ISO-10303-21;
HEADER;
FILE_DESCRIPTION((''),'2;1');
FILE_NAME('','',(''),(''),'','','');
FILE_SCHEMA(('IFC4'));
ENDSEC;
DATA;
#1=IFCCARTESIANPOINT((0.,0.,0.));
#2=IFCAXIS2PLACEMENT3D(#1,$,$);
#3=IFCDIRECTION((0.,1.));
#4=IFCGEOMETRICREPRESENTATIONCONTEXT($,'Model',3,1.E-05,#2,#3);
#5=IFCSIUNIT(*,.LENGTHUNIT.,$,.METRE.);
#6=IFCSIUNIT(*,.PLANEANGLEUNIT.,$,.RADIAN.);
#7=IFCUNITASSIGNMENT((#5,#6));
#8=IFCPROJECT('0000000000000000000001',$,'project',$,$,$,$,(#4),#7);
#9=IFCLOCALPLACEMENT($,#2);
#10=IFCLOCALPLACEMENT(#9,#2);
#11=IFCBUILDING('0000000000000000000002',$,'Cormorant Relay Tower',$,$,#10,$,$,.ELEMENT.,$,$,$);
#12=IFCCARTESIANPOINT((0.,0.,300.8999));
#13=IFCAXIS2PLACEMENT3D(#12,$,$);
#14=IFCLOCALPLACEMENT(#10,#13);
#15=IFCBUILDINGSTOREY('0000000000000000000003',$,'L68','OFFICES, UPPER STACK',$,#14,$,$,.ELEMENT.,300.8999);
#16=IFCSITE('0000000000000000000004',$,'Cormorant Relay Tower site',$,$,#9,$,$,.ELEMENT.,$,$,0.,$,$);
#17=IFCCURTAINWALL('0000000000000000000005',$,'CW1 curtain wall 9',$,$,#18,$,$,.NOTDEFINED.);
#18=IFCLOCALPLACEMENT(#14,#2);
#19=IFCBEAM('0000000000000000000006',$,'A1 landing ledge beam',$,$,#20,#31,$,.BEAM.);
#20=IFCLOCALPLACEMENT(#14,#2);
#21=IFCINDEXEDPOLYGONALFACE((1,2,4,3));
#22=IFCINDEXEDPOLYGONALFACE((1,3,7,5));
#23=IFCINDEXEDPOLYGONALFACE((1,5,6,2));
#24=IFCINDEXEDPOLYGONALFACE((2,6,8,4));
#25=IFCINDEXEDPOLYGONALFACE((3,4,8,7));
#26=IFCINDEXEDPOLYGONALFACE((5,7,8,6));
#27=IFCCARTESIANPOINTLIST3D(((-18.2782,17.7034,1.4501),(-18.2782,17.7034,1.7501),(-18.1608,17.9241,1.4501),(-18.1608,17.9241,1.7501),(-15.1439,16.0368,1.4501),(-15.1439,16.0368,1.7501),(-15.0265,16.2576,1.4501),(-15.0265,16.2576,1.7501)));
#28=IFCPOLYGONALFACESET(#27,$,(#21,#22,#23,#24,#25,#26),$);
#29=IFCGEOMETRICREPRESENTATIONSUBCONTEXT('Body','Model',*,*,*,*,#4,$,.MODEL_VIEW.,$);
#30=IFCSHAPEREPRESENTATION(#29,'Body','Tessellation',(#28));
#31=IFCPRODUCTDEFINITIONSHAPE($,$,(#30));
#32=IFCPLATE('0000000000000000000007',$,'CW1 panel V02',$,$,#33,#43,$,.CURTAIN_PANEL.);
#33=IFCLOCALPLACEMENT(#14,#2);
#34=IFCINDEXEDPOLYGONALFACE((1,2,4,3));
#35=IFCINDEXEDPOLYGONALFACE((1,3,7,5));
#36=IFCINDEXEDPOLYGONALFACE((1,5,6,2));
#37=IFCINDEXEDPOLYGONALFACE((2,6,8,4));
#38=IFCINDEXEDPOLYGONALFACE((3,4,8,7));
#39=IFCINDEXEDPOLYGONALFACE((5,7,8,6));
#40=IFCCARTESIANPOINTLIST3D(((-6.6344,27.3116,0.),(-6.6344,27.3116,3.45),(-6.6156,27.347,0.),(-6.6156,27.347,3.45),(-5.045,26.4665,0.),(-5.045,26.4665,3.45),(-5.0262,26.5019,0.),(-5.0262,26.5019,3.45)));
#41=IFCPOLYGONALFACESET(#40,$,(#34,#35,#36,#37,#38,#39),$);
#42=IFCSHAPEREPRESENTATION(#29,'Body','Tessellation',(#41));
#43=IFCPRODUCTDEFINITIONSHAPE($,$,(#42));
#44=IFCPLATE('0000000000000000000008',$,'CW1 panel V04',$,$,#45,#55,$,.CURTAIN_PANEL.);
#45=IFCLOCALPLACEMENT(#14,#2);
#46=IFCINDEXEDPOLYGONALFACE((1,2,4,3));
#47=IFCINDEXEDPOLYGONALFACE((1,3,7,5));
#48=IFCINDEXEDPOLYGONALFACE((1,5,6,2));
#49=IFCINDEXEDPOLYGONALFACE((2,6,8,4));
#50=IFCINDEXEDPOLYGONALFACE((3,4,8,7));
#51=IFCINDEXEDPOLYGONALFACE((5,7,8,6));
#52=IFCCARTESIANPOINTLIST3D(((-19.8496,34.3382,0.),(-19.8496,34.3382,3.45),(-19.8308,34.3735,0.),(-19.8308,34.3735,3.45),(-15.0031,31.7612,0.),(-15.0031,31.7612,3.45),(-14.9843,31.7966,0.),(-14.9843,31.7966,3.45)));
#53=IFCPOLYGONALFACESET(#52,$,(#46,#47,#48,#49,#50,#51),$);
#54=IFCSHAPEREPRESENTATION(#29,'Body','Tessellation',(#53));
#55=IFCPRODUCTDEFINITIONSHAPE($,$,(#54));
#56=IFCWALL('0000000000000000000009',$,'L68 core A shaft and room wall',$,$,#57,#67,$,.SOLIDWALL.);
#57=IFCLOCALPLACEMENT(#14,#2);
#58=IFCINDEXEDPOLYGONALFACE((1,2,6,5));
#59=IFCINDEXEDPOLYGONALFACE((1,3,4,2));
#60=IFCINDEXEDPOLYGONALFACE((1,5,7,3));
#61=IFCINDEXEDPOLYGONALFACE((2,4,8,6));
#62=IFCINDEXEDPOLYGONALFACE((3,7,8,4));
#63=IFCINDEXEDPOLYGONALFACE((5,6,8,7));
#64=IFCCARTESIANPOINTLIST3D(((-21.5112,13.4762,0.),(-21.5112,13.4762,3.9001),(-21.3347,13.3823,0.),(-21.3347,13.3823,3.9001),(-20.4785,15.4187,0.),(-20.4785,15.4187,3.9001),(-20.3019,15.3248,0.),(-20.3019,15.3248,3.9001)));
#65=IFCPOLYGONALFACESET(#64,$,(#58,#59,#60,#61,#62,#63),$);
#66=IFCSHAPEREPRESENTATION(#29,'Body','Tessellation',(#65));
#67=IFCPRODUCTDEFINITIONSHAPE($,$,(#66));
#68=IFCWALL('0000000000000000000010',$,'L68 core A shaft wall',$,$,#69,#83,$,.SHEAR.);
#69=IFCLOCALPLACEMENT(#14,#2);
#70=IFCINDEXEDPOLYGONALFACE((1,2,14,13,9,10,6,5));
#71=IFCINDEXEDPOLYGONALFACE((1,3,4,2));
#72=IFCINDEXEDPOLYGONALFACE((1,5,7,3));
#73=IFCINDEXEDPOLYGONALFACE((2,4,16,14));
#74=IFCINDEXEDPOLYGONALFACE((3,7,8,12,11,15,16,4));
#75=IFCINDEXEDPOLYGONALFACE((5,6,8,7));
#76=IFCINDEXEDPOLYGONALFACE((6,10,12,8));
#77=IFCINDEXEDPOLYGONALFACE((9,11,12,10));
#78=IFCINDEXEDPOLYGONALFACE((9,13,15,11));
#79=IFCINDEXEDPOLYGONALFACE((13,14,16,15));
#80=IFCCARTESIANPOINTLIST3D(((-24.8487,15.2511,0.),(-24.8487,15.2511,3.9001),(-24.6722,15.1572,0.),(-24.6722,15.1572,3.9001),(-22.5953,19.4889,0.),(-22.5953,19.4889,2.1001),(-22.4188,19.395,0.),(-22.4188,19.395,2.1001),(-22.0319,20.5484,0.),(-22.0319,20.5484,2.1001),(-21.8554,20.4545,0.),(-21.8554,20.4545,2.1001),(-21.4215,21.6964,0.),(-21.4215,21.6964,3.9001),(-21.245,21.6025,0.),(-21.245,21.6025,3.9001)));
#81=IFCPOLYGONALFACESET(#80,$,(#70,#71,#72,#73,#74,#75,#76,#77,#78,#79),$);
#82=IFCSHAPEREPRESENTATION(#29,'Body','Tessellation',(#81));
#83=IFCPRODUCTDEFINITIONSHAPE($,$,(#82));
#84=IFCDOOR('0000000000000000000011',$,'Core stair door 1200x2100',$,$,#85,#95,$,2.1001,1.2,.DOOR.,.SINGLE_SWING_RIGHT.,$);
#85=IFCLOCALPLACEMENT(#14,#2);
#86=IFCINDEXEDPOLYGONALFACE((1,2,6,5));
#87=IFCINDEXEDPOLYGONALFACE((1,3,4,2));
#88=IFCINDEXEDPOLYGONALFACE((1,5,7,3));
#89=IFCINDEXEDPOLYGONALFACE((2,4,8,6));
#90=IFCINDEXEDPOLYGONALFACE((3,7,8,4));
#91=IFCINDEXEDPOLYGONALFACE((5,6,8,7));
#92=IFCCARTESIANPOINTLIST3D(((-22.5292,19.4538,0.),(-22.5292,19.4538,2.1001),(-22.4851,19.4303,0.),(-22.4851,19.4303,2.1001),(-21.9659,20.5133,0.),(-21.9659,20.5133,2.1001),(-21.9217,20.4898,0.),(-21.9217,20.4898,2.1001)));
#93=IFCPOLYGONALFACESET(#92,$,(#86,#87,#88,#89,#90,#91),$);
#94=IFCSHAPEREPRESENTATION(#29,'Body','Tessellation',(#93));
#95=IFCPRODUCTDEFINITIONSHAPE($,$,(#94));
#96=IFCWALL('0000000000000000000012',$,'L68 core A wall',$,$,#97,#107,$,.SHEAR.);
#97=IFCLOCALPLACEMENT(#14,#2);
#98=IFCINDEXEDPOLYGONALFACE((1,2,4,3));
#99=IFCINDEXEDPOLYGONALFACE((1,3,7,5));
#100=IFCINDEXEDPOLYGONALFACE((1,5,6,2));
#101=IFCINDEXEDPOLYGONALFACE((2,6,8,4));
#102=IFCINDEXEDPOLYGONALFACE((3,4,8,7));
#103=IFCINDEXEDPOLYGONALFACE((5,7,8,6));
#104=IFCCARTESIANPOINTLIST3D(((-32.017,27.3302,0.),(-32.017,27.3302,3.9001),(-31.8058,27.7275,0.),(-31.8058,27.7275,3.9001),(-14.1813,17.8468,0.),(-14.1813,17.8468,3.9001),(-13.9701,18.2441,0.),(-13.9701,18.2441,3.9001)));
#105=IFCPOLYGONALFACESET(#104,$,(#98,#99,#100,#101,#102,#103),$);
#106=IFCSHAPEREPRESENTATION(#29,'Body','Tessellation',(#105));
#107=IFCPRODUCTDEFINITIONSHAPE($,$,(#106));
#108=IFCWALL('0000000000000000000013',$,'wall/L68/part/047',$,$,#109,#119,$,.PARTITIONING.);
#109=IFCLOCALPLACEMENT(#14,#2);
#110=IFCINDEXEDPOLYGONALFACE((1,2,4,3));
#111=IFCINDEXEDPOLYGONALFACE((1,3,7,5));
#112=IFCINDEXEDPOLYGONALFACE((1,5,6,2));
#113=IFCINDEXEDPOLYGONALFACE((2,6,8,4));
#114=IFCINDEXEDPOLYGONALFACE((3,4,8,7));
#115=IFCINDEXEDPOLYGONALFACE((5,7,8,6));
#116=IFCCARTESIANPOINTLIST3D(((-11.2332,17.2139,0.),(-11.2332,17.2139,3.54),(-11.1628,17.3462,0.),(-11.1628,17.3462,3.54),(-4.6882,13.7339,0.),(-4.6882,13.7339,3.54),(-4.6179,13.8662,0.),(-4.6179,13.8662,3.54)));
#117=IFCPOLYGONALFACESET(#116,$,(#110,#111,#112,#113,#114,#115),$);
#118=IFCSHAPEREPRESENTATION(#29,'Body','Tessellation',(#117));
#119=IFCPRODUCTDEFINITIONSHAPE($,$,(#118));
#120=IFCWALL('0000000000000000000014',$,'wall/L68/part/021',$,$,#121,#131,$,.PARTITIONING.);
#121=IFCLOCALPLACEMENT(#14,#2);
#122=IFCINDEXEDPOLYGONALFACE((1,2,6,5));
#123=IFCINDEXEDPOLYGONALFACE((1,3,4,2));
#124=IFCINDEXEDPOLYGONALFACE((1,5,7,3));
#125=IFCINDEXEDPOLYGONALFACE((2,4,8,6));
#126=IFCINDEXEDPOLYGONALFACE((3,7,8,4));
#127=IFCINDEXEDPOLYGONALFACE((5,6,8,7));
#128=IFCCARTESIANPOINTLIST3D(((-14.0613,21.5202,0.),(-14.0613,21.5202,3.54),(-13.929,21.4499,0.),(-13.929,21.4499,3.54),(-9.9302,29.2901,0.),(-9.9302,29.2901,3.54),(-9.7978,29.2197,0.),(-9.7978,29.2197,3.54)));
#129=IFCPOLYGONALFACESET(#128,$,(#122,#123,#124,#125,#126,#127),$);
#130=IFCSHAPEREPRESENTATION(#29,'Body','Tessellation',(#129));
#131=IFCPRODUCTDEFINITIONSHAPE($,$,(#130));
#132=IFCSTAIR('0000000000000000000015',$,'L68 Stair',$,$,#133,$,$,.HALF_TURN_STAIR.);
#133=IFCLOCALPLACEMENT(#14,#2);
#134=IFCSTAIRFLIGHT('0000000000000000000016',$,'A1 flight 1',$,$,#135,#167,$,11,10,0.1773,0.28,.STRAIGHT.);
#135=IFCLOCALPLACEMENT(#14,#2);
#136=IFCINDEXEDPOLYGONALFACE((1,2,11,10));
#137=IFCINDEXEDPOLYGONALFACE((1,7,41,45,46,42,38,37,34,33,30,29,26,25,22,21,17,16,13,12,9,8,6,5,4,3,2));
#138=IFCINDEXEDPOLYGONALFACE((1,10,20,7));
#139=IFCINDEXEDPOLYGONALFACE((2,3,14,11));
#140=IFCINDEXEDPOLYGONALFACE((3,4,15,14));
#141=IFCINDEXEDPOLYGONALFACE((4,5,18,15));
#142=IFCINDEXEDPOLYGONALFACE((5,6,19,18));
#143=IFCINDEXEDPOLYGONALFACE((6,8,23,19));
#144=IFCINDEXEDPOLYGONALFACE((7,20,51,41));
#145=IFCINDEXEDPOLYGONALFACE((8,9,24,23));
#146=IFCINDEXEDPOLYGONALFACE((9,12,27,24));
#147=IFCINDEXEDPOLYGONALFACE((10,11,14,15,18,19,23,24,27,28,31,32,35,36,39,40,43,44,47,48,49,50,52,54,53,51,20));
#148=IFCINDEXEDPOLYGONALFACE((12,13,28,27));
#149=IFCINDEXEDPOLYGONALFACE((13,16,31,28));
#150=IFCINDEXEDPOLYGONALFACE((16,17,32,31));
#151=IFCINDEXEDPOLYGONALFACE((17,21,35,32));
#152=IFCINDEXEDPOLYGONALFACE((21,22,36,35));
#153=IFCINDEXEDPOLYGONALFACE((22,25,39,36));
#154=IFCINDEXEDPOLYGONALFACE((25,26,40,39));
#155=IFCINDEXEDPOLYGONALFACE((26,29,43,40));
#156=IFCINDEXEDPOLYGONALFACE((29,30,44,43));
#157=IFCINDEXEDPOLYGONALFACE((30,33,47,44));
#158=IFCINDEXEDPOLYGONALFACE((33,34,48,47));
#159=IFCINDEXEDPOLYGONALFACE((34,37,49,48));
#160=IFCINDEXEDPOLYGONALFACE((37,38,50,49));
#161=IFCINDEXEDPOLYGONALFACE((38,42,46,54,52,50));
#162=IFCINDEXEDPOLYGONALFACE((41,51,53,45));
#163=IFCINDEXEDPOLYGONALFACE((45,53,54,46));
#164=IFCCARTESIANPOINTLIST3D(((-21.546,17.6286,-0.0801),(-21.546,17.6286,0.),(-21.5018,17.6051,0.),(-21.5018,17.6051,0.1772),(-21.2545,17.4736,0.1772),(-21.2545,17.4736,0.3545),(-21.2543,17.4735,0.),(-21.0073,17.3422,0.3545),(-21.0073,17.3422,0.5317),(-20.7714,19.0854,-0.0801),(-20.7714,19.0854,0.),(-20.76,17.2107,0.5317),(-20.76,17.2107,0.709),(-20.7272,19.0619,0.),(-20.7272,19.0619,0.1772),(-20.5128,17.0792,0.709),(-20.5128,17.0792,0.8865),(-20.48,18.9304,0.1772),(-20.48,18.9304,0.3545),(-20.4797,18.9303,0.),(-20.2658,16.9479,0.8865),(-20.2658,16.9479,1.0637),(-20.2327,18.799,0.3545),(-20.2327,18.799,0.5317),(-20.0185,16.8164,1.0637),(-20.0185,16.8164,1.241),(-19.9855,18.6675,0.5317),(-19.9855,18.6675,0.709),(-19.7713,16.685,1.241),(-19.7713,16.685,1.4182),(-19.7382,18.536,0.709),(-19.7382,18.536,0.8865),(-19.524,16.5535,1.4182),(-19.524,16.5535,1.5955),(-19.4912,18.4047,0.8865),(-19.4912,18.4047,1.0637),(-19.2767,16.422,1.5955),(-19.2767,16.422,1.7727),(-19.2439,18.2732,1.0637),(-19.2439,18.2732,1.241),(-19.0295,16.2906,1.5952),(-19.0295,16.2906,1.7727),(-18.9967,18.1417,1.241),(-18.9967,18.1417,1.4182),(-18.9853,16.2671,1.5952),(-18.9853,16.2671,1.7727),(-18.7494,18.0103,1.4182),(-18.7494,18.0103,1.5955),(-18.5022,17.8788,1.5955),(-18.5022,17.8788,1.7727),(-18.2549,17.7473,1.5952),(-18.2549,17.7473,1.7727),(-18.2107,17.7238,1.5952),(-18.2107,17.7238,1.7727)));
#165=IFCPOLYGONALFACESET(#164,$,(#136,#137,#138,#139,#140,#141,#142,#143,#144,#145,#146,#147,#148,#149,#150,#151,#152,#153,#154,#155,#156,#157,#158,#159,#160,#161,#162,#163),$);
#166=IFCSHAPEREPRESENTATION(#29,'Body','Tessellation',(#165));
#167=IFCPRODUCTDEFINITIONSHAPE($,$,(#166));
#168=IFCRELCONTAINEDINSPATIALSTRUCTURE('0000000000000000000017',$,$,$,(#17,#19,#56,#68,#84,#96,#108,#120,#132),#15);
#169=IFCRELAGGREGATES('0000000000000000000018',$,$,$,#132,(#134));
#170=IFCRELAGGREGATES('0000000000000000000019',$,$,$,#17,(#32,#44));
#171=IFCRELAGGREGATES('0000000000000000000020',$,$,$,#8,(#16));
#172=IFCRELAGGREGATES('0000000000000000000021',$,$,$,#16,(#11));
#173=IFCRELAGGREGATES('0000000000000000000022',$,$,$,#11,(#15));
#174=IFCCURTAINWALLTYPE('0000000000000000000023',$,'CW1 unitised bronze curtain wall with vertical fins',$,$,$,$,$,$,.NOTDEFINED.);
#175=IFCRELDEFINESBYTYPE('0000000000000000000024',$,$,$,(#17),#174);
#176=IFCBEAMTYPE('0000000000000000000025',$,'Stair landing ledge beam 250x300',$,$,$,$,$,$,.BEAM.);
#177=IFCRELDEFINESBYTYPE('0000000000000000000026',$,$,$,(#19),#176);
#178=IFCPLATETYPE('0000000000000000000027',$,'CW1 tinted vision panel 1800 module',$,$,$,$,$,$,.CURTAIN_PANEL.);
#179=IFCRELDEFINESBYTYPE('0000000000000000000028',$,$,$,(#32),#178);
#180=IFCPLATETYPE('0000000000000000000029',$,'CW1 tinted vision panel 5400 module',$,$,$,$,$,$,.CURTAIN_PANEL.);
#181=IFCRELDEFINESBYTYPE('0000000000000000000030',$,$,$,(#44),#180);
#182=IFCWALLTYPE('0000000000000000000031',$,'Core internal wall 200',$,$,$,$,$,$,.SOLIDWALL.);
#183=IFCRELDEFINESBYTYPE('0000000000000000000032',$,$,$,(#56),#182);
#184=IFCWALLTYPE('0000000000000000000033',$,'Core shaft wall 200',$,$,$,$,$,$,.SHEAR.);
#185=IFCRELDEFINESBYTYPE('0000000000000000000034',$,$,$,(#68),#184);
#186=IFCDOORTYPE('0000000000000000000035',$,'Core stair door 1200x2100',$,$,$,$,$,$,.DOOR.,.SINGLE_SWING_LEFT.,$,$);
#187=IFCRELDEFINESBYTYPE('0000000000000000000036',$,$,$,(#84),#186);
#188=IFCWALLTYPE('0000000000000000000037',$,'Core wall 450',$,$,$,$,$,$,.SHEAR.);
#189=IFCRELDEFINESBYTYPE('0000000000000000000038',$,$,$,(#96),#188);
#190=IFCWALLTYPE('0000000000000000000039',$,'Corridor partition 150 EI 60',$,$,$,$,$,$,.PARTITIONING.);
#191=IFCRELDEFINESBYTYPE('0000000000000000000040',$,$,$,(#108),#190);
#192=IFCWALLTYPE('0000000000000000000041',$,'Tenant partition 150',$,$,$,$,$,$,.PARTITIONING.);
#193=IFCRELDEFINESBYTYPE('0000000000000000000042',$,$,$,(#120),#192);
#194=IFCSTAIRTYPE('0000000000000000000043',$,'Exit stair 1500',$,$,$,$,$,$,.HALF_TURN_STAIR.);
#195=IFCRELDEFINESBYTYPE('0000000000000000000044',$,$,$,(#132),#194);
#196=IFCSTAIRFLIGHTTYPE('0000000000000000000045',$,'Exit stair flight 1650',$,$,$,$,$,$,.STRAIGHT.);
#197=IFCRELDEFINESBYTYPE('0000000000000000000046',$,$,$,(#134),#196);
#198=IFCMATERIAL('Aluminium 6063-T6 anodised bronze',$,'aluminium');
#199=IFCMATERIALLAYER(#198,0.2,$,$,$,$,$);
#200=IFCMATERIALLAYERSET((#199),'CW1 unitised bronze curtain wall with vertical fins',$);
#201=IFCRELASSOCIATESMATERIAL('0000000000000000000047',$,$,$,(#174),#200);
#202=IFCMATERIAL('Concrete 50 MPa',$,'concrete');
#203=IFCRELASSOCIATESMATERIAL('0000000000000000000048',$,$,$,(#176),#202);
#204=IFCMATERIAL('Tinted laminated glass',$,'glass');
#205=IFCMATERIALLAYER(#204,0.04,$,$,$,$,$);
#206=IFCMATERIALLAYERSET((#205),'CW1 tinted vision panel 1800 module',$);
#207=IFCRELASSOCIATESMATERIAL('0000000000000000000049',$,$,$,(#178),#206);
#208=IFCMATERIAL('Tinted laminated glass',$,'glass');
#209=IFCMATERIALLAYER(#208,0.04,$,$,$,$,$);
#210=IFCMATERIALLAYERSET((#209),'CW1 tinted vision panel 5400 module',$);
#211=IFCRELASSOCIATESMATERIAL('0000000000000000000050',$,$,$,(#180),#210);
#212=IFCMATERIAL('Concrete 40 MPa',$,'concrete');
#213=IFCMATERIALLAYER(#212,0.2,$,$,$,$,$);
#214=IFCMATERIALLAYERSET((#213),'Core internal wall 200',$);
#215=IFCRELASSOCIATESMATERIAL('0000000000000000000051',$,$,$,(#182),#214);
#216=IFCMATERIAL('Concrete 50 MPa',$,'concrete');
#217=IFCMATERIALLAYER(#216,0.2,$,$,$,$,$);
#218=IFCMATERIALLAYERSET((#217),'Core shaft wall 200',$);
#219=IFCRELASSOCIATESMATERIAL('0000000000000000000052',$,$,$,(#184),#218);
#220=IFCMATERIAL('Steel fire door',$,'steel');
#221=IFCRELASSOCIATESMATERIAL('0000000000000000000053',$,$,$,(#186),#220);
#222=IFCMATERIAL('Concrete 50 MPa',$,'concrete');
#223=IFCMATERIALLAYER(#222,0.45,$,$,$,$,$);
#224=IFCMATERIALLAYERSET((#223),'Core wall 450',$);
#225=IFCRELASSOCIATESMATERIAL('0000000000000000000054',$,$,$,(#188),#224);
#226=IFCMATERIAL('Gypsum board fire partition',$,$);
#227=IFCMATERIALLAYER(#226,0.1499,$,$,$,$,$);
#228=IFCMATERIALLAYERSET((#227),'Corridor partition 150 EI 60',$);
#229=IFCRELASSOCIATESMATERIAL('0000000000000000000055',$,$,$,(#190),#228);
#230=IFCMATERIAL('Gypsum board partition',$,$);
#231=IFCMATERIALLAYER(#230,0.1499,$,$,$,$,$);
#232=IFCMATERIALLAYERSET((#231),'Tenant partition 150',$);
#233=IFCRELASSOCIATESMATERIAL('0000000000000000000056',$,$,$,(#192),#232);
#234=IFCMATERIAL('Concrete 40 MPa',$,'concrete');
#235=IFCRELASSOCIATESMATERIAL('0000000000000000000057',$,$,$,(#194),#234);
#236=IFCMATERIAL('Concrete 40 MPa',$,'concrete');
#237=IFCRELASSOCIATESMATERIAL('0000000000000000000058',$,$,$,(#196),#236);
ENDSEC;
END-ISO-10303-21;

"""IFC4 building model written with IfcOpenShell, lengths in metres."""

from ifc_helpers import new_model, si_unit, direction, frame, frame_2d, origin, origin_2d, place, context, subcontext, project, spatial, polyline, rectangle, outline, extrude, material, layer, layer_set, material_profile, profile_set, type_object, element, fill, aggregate, save


model = new_model("IFC4")

# Units and contexts
model_context = context("Model", 3, precision=1e-05, world=origin(), true_north=direction((0.0, 1.0)))
body_context = subcontext(model_context, "Body", "Model", "MODEL_VIEW")
ifc_project = project(units=[si_unit("LENGTHUNIT", "METRE"), si_unit("PLANEANGLEUNIT", "RADIAN")], contexts=[model_context])

# Site, building, storey
site_placement = place(None, origin())
site = spatial("IfcSite", under=ifc_project, at=site_placement, Name="Cormorant Relay Tower site", CompositionType="ELEMENT", RefElevation=0.0)
building_placement = place(site_placement, origin())
building = spatial("IfcBuilding", under=site, at=building_placement, Name="Cormorant Relay Tower", CompositionType="ELEMENT")
storey_placement = place(building_placement, frame((0.0, 0.0, 300.8999)))
storey = spatial("IfcBuildingStorey", under=building, at=storey_placement, Name="L68", Description="OFFICES, UPPER STACK", CompositionType="ELEMENT", Elevation=300.8999)

# Curtain wall
ifc_material_1 = material(Name="Aluminium 6063-T6 anodised bronze", Category="aluminium")
ifc_layer_1 = layer(ifc_material_1, 0.2)
ifc_layer_set_1 = layer_set([ifc_layer_1], Name="CW1 unitised bronze curtain wall with vertical fins")
curtain_wall_type = type_object("IfcCurtainWallType", Name="CW1 unitised bronze curtain wall with vertical fins", PredefinedType="NOTDEFINED", material=ifc_layer_set_1)
curtain_wall_placement = place(storey_placement, origin())
curtain_wall = element("IfcCurtainWall", 1, at=curtain_wall_placement, inside=storey, type_object=curtain_wall_type, Name="CW1 curtain wall 9", PredefinedType="NOTDEFINED")

# Beam
ifc_material_2 = material(Name="Concrete 50 MPa", Category="concrete")
ifc_material_profile_1 = material_profile(ifc_material_2, rectangle(XDim=0.25, YDim=0.3, at=origin_2d()), Name="RC 250x300")
ifc_profile_set_1 = profile_set([ifc_material_profile_1], Name="Concrete 50 MPa")
beam_type_1 = type_object("IfcBeamType", Name="Stair landing ledge beam 250x300", PredefinedType="BEAM", material=ifc_profile_set_1)
beam_1_placement = place(storey_placement, frame((-18.2195, 17.8137, 1.6001), z_axis=(0.88295, -0.469467, 0.0), x_axis=(0.469467, 0.88295, 0.0)))
element("IfcBeam", 2, at=beam_1_placement, inside=storey, type_object=beam_type_1, Name="A1 landing ledge beam", PredefinedType="BEAM", context=body_context, shape_type="SweptSolid", body=[
    extrude(rectangle(XDim=0.25, YDim=0.3, at=origin_2d()), origin(), (0.0, 0.0, 1.0), 3.5498),
])

# Plates
ifc_material_3 = material(Name="Tinted laminated glass", Category="glass")
ifc_layer_2 = layer(ifc_material_3, 0.04)
ifc_layer_set_2 = layer_set([ifc_layer_2], Name="CW1 tinted vision panel 1800 module")
plate_type_1 = type_object("IfcPlateType", Name="CW1 tinted vision panel 1800 module", PredefinedType="CURTAIN_PANEL", material=ifc_layer_set_2)
plate_1_placement = place(storey_placement, frame((-5.8303, 26.9067, 0.0), z_axis=(0.0, 0.0, 1.0), x_axis=(-0.882948, 0.469472, 0.0)))
plate_1 = element("IfcPlate", 3, at=plate_1_placement, type_object=plate_type_1, Name="CW1 panel V02", PredefinedType="CURTAIN_PANEL", context=body_context, shape_type="SweptSolid", body=[
    extrude(rectangle(XDim=1.8, YDim=0.04, at=origin_2d()), origin(), (0.0, 0.0, 1.0), 3.45),
])
ifc_material_4 = material(Name="Tinted laminated glass", Category="glass")
ifc_layer_3 = layer(ifc_material_4, 0.04)
ifc_layer_set_3 = layer_set([ifc_layer_3], Name="CW1 tinted vision panel 5400 module")
plate_type_2 = type_object("IfcPlateType", Name="CW1 tinted vision panel 5400 module", PredefinedType="CURTAIN_PANEL", material=ifc_layer_set_3)
plate_2_placement = place(storey_placement, frame((-17.417, 33.0674, 0.0), z_axis=(0.0, 0.0, 1.0), x_axis=(-0.882948, 0.469472, 0.0)))
plate_2 = element("IfcPlate", 4, at=plate_2_placement, type_object=plate_type_2, Name="CW1 panel V04", PredefinedType="CURTAIN_PANEL", context=body_context, shape_type="SweptSolid", body=[
    extrude(rectangle(XDim=5.489, YDim=0.04, at=origin_2d()), origin(), (0.0, 0.0, 1.0), 3.45),
])

# Wall
ifc_material_5 = material(Name="Concrete 40 MPa", Category="concrete")
ifc_layer_4 = layer(ifc_material_5, 0.2)
ifc_layer_set_4 = layer_set([ifc_layer_4], Name="Core internal wall 200")
wall_type_1 = type_object("IfcWallType", Name="Core internal wall 200", PredefinedType="SOLIDWALL", material=ifc_layer_set_4)
wall_1_placement = place(storey_placement, frame((-20.3901, 15.3718, 0.0), z_axis=(0.0, 0.0, 1.0), x_axis=(-0.469447, -0.88296, 0.0)))
element("IfcWall", 5, at=wall_1_placement, inside=storey, type_object=wall_type_1, Name="L68 core A shaft and room wall", PredefinedType="SOLIDWALL", context=body_context, shape_type="SweptSolid", body=[
    extrude(rectangle(XDim=2.2, YDim=0.2, at=frame_2d((1.1001, 0.0))), origin(), (0.0, 0.0, 1.0), 3.9001),
])

# Wall, opening, door
ifc_material_6 = material(Name="Concrete 50 MPa", Category="concrete")
ifc_layer_5 = layer(ifc_material_6, 0.2)
ifc_layer_set_5 = layer_set([ifc_layer_5], Name="Core shaft wall 200")
wall_type_2 = type_object("IfcWallType", Name="Core shaft wall 200", PredefinedType="SHEAR", material=ifc_layer_set_5)
wall_2_placement = place(storey_placement, frame((-21.3333, 21.6494, 0.0), z_axis=(0.0, 0.0, 1.0), x_axis=(-0.469494, -0.882936, 0.0)))
wall_2 = element("IfcWall", 6, at=wall_2_placement, inside=storey, type_object=wall_type_2, Name="L68 core A shaft wall", PredefinedType="SHEAR", context=body_context, shape_type="SweptSolid", body=[
    extrude(rectangle(XDim=7.2998, YDim=0.2, at=frame_2d((3.6499, 0.0))), origin(), (0.0, 0.0, 1.0), 3.9001),
])
opening_1_placement = place(wall_2_placement, frame((1.3, 0.0, 0.0)))
opening_1 = element("IfcOpeningElement", 7, at=opening_1_placement, cuts=wall_2, PredefinedType="OPENING", context=body_context, shape_type="SweptSolid", body=[
    extrude(rectangle(XDim=1.2, YDim=2.1001, at=frame_2d((0.6001, 1.05))), frame((0.0, 0.1099, 0.0), z_axis=(0.0, -1.0, 0.0), x_axis=(1.0, 0.0, 0.0)), (0.0, 0.0, 1.0), 0.22),
])
ifc_material_7 = material(Name="Steel fire door", Category="steel")
door_type_1 = type_object("IfcDoorType", Name="Core stair door 1200x2100", OperationType="SINGLE_SWING_LEFT", PredefinedType="DOOR", material=ifc_material_7)
door_1_placement = place(opening_1_placement, origin())
door_1 = element("IfcDoor", 8, at=door_1_placement, inside=storey, type_object=door_type_1, Name="Core stair door 1200x2100", OperationType="SINGLE_SWING_RIGHT", OverallHeight=2.1001, OverallWidth=1.2, PredefinedType="DOOR", context=body_context, shape_type="SweptSolid", body=[
    extrude(rectangle(XDim=1.2, YDim=2.1001, at=frame_2d((0.6001, 1.05))), frame((0.0, 0.0249, 0.0), z_axis=(0.0, -1.0, 0.0), x_axis=(1.0, 0.0, 0.0)), (0.0, 0.0, 1.0), 0.05),
])
fill(opening_1, door_1)
ifc_material_8 = material(Name="Concrete 50 MPa", Category="concrete")
ifc_layer_6 = layer(ifc_material_8, 0.45)
ifc_layer_set_6 = layer_set([ifc_layer_6], Name="Core wall 450")
wall_type_3 = type_object("IfcWallType", Name="Core wall 450", PredefinedType="SHEAR", material=ifc_layer_set_6)

# Walls
wall_3_placement = place(storey_placement, frame((-14.0757, 18.0454, 0.0), z_axis=(0.0, 0.0, 1.0), x_axis=(-0.882948, 0.469471, 0.0)))
element("IfcWall", 9, at=wall_3_placement, inside=storey, type_object=wall_type_3, Name="L68 core A wall", PredefinedType="SHEAR", context=body_context, shape_type="SweptSolid", body=[
    extrude(rectangle(XDim=20.2002, YDim=0.45, at=frame_2d((10.1001, 0.0))), origin(), (0.0, 0.0, 1.0), 3.9001),
])
ifc_material_9 = material(Name="Gypsum board fire partition")
ifc_layer_7 = layer(ifc_material_9, 0.1499)
ifc_layer_set_7 = layer_set([ifc_layer_7], Name="Corridor partition 150 EI 60")
wall_type_4 = type_object("IfcWallType", Name="Corridor partition 150 EI 60", PredefinedType="PARTITIONING", material=ifc_layer_set_7)
wall_4_placement = place(storey_placement, frame((-11.198, 17.28, 0.0), z_axis=(0.0, 0.0, 1.0), x_axis=(0.882948, -0.46947, 0.0)))
element("IfcWall", 10, at=wall_4_placement, inside=storey, type_object=wall_type_4, Name="wall/L68/part/047", PredefinedType="PARTITIONING", context=body_context, shape_type="SweptSolid", body=[
    extrude(rectangle(XDim=7.4126, YDim=0.1499, at=frame_2d((3.7063, 0.0))), origin(), (0.0, 0.0, 1.0), 3.54),
])
ifc_material_10 = material(Name="Gypsum board partition")
ifc_layer_8 = layer(ifc_material_10, 0.1499)
ifc_layer_set_8 = layer_set([ifc_layer_8], Name="Tenant partition 150")
wall_type_5 = type_object("IfcWallType", Name="Tenant partition 150", PredefinedType="PARTITIONING", material=ifc_layer_set_8)
wall_5_placement = place(storey_placement, frame((-9.864, 29.2549, 0.0), z_axis=(0.0, 0.0, 1.0), x_axis=(-0.469457, -0.882955, 0.0)))
element("IfcWall", 11, at=wall_5_placement, inside=storey, type_object=wall_type_5, Name="wall/L68/part/021", PredefinedType="PARTITIONING", context=body_context, shape_type="SweptSolid", body=[
    extrude(rectangle(XDim=8.7998, YDim=0.1499, at=frame_2d((4.3999, 0.0))), origin(), (0.0, 0.0, 1.0), 3.54),
])

# Stair, stair flight
ifc_material_11 = material(Name="Concrete 40 MPa", Category="concrete")
stair_type = type_object("IfcStairType", Name="Exit stair 1500", PredefinedType="HALF_TURN_STAIR", material=ifc_material_11)
stair_placement = place(storey_placement, origin())
stair = element("IfcStair", 12, at=stair_placement, inside=storey, type_object=stair_type, Name="L68 Stair", PredefinedType="HALF_TURN_STAIR")
ifc_material_12 = material(Name="Concrete 40 MPa", Category="concrete")
stair_flight_type = type_object("IfcStairFlightType", Name="Exit stair flight 1650", PredefinedType="STRAIGHT", material=ifc_material_12)
stair_flight_1_placement = place(storey_placement, frame((-21.1145, 18.3335, 0.0), z_axis=(0.0, 0.0, 1.0), x_axis=(0.882948, -0.469472, 0.0)))
stair_flight_1 = element("IfcStairFlight", 13, at=stair_flight_1_placement, type_object=stair_flight_type, Name="A1 flight 1", NumberOfRisers=11, NumberOfTreads=10, PredefinedType="STRAIGHT", RiserHeight=0.1773, TreadLength=0.28, context=body_context, shape_type="SweptSolid", body=[
    extrude(outline(polyline([(-0.05, -0.0801), (-0.05, 0.0), (0.0, 0.0), (0.0, 0.1772), (0.28, 0.1772), (0.28, 0.3545), (0.5601, 0.3545), (0.5601, 0.5317), (0.8401, 0.5317), (0.8401, 0.709), (1.1201, 0.709), (1.1201, 0.8865), (1.3999, 0.8865), (1.3999, 1.0637), (1.6799, 1.0637), (1.6799, 1.241), (1.96, 1.241), (1.96, 1.4182), (2.24, 1.4182), (2.24, 1.5955), (2.52, 1.5955), (2.52, 1.7727), (2.8, 1.7727), (2.8501, 1.7727), (2.8501, 1.5952), (2.8, 1.5952), (0.2803, 0.0), (-0.05, -0.0801)])), frame((0.0, 0.825, 0.0), z_axis=(0.0, -1.0, 0.0), x_axis=(1.0, 0.0, 0.0)), (0.0, 0.0, 1.0), 1.6499),
])
aggregate(stair, [stair_flight_1])

aggregate(curtain_wall, [plate_1, plate_2])

save(model, "model.ifc")
